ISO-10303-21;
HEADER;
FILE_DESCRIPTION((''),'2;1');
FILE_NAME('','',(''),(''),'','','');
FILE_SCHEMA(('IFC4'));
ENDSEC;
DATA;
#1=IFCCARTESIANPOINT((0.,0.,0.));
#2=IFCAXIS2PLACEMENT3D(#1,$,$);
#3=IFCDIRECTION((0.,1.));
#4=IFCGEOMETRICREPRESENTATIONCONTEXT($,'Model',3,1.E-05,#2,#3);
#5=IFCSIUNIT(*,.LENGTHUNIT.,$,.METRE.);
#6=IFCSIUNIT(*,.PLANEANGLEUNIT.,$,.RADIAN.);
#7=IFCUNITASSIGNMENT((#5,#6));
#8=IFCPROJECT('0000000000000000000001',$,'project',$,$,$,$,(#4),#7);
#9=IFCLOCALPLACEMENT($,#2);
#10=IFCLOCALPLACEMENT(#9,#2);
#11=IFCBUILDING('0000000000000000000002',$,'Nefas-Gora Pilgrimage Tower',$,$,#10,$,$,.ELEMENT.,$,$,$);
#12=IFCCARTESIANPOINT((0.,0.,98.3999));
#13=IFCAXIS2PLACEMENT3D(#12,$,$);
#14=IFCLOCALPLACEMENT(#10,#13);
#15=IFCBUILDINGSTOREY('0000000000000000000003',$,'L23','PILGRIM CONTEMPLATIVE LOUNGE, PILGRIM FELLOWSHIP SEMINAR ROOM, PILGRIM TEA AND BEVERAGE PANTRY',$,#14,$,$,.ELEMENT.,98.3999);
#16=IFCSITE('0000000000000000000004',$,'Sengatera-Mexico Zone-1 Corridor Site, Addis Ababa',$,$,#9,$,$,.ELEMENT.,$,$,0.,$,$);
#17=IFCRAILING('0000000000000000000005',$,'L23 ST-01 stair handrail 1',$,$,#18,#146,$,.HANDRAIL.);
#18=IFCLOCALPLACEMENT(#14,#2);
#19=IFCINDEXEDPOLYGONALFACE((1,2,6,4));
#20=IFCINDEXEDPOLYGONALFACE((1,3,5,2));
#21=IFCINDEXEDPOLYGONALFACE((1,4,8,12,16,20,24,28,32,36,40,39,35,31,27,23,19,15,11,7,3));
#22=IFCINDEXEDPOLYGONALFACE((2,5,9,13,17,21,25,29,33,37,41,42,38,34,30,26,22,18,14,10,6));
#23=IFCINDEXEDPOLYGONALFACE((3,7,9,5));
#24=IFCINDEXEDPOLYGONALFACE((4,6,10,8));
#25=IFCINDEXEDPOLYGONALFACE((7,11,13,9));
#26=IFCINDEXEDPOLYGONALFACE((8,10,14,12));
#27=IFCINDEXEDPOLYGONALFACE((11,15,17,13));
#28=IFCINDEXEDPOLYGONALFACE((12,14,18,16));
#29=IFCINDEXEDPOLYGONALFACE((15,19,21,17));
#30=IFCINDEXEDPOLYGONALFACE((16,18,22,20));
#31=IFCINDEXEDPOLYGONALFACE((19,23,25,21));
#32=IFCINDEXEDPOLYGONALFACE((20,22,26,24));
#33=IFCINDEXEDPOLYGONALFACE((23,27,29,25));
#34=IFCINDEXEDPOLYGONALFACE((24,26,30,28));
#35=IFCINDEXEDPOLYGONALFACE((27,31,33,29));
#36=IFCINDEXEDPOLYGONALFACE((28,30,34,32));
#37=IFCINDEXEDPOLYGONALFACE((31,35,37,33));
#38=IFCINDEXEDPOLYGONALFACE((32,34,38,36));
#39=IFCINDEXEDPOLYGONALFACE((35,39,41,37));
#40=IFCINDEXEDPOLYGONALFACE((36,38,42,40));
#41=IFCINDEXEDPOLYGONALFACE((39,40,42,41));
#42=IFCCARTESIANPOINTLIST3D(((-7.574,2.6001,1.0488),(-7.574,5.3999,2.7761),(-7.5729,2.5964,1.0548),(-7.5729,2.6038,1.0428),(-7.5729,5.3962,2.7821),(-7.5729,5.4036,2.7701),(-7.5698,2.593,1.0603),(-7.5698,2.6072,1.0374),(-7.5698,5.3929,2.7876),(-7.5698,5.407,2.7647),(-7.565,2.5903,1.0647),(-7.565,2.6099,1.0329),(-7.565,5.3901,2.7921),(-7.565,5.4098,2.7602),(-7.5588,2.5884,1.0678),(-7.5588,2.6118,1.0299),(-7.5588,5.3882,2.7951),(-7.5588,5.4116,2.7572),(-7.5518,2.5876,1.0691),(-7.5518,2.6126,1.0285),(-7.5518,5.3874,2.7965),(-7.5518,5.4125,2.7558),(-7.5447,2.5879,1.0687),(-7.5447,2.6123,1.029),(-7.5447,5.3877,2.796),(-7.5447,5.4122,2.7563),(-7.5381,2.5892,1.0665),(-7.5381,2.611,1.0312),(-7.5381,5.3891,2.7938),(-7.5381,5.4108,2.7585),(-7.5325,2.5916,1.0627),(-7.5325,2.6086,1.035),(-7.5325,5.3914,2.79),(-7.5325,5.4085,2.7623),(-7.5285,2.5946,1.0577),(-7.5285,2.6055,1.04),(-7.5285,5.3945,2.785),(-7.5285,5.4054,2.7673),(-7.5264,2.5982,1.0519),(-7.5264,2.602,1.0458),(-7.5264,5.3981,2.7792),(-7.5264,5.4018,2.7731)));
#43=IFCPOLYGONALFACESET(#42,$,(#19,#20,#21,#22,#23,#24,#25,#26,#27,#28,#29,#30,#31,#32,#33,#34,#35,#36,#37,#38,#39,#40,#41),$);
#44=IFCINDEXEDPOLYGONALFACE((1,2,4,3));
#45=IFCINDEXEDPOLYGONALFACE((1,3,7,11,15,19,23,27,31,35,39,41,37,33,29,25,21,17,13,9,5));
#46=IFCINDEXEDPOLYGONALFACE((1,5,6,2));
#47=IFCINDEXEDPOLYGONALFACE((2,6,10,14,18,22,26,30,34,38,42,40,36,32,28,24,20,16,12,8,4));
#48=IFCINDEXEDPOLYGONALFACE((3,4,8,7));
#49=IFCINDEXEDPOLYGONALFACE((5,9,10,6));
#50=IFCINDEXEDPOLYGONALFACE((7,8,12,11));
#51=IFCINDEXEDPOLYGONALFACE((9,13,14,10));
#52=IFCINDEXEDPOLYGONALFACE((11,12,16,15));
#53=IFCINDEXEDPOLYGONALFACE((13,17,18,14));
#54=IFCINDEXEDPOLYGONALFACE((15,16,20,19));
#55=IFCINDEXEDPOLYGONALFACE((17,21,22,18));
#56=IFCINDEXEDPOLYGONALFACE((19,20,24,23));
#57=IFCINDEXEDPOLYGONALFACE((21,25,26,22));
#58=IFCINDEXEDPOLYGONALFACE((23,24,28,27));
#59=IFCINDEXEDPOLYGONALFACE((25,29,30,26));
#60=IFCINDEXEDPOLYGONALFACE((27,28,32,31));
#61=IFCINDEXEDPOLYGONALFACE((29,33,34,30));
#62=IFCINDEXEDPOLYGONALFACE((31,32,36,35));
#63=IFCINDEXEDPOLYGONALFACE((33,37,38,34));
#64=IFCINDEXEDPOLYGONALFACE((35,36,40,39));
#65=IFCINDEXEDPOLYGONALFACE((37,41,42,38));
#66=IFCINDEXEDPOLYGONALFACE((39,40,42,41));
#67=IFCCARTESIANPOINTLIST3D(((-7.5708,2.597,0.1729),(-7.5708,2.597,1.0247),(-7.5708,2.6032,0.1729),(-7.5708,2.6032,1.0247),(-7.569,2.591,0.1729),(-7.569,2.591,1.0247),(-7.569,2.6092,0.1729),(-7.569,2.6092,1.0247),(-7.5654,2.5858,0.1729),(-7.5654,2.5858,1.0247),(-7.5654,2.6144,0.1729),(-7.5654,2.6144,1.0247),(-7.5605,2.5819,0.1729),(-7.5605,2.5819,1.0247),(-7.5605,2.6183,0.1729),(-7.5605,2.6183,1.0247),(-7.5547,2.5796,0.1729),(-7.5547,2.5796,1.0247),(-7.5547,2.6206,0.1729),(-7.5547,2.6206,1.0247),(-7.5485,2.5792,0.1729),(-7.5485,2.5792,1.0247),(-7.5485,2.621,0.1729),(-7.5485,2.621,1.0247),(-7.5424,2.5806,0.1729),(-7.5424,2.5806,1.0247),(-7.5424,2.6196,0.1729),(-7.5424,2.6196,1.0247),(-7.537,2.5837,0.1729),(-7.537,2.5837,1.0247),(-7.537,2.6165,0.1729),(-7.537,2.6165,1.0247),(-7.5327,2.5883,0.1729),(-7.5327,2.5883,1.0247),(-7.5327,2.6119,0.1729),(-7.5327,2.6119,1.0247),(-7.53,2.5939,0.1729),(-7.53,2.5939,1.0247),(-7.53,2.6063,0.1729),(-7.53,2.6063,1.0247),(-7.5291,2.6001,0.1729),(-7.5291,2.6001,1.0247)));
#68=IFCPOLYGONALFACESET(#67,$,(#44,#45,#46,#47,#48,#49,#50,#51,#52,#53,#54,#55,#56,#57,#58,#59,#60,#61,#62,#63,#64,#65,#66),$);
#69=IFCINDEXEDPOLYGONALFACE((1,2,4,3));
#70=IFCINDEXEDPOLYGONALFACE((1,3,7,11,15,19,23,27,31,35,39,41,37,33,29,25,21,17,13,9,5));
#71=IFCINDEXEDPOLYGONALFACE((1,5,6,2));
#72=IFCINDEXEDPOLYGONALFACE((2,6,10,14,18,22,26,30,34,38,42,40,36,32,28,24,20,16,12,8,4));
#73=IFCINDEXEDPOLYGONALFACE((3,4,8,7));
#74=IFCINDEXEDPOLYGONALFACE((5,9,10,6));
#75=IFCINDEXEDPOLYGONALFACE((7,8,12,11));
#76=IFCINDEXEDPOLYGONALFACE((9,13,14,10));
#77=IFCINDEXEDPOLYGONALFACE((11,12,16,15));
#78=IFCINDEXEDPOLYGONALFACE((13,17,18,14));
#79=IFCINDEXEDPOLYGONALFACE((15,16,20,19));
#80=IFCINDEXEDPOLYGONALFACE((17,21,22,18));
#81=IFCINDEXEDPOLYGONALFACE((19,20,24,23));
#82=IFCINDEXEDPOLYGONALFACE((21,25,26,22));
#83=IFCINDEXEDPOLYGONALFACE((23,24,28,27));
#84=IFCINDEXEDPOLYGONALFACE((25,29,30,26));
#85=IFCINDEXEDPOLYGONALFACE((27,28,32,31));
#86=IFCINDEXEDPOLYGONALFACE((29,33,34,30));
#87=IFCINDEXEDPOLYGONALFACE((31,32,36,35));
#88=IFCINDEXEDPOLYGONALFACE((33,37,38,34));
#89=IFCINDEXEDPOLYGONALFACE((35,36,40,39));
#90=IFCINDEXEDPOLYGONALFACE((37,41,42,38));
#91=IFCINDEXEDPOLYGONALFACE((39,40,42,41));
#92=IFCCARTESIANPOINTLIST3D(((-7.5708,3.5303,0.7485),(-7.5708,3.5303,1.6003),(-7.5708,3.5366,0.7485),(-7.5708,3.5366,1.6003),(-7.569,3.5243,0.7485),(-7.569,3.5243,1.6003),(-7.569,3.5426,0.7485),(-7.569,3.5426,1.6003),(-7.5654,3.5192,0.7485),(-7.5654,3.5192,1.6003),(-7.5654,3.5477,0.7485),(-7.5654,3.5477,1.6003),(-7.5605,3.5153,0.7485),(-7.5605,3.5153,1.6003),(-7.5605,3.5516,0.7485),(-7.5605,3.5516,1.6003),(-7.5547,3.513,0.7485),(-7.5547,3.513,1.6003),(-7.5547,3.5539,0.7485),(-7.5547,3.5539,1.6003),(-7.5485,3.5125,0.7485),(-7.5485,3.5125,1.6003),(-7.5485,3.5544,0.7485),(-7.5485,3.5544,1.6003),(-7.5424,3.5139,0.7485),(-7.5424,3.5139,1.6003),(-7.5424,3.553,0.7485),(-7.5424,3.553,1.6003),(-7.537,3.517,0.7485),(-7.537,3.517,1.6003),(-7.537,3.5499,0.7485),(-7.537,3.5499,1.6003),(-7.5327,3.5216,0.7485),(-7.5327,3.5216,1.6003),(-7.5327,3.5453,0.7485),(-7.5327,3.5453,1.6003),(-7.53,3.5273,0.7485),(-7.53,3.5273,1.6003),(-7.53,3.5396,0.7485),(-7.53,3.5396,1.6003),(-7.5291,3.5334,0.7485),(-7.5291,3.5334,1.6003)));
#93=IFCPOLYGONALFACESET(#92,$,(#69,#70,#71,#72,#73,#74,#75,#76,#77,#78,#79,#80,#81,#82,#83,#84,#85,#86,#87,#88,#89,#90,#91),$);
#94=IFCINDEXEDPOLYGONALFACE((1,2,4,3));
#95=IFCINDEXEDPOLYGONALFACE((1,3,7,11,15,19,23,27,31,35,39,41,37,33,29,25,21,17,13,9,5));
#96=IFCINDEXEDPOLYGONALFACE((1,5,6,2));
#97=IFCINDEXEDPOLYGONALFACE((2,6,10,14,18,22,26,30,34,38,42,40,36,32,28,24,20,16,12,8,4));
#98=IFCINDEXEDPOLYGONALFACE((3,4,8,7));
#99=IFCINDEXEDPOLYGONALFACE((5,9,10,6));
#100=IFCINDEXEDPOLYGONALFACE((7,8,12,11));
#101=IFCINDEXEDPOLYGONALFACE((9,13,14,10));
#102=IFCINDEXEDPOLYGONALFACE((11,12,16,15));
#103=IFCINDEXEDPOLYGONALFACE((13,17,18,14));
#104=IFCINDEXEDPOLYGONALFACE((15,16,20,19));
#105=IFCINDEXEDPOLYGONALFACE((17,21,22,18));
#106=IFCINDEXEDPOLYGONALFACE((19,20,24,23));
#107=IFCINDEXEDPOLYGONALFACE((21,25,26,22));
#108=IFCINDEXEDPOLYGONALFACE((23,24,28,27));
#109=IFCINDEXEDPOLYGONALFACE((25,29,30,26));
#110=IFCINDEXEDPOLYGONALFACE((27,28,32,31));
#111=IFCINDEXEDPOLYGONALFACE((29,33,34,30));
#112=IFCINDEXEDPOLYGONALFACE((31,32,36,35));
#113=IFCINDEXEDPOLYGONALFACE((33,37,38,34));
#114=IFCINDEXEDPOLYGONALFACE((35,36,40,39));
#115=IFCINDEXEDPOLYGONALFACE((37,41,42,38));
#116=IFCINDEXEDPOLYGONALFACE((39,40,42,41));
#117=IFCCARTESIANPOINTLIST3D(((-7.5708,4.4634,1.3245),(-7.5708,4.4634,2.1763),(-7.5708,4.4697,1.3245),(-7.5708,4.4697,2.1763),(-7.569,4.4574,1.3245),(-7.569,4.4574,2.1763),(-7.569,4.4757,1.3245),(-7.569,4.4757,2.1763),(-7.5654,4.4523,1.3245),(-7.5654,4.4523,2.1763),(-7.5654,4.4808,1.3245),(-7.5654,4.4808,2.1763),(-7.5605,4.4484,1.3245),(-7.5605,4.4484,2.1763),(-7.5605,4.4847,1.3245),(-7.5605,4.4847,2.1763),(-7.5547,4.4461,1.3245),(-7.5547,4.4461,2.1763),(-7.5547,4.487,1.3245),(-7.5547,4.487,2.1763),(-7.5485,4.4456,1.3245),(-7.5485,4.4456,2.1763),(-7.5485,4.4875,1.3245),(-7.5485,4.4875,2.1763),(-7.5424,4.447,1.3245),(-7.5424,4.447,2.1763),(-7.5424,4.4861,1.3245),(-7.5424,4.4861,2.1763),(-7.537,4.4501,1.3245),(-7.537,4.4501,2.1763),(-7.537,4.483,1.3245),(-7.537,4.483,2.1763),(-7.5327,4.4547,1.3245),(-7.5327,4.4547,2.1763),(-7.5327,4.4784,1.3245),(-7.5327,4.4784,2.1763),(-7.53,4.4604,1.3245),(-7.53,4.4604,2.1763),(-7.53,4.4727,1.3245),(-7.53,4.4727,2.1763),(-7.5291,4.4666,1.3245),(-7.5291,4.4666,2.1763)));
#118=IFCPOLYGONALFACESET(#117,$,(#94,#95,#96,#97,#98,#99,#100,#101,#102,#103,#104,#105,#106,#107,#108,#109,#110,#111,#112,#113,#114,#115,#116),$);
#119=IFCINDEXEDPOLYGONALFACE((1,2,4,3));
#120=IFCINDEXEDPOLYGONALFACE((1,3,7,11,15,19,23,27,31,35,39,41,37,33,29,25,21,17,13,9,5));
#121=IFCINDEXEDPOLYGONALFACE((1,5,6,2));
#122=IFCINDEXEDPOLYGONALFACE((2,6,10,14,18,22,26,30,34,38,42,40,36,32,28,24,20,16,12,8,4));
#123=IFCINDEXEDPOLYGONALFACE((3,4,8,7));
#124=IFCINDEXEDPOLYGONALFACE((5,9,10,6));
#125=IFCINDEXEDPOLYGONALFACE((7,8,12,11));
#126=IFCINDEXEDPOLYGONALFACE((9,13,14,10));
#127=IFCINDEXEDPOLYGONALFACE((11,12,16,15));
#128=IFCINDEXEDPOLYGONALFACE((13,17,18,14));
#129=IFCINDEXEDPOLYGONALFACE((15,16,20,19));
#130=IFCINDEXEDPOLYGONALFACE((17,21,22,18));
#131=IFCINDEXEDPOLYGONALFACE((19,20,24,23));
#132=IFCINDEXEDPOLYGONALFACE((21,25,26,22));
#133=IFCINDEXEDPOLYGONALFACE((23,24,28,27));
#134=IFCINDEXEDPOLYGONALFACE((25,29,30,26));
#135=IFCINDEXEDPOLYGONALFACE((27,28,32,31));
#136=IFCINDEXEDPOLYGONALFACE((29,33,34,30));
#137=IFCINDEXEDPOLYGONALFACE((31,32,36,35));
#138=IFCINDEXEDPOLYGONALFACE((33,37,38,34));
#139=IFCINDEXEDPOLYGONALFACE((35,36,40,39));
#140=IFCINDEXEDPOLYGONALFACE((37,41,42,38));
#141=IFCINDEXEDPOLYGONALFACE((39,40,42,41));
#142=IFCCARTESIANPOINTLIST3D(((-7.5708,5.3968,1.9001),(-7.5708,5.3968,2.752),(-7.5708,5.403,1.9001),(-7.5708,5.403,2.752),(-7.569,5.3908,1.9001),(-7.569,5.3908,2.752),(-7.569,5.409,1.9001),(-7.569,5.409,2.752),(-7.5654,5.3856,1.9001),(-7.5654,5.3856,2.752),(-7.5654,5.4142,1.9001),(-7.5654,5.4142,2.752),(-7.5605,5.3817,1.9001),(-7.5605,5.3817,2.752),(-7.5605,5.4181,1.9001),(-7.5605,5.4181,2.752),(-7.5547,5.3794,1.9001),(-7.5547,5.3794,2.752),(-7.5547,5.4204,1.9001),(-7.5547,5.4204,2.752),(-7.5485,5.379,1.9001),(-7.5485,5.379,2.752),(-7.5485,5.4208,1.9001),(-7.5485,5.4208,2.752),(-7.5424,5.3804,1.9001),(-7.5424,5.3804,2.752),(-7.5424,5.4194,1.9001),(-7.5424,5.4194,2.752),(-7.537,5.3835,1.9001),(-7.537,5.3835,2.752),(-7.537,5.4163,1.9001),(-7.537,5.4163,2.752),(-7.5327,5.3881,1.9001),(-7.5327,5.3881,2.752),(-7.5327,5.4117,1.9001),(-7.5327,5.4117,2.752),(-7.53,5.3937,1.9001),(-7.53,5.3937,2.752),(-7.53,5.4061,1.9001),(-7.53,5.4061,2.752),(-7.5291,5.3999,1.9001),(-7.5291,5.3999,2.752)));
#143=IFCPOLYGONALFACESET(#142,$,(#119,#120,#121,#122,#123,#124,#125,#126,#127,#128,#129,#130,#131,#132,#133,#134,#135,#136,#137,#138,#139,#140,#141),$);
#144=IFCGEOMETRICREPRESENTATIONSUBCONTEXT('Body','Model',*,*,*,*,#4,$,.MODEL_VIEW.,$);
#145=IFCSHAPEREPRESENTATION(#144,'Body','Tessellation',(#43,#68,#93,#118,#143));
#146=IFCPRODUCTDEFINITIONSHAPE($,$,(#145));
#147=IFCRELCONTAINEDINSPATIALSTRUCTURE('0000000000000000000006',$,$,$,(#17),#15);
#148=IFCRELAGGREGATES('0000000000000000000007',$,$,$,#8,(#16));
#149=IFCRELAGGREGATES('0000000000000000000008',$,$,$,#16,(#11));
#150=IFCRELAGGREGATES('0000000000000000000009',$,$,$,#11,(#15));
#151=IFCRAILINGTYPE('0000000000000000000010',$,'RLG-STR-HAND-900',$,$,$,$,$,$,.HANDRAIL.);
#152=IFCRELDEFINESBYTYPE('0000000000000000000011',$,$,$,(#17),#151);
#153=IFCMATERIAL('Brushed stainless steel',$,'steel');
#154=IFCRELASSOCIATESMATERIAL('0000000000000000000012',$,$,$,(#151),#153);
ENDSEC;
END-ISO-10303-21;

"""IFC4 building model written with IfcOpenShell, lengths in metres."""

from ifc_helpers import new_model, si_unit, direction, frame, origin, origin_2d, place, context, subcontext, project, spatial, circle, extrude, material, type_object, element, save


model = new_model("IFC4")

# Units and contexts
model_context = context("Model", 3, precision=1e-05, world=origin(), true_north=direction((0.0, 1.0)))
body_context = subcontext(model_context, "Body", "Model", "MODEL_VIEW")
ifc_project = project(units=[si_unit("LENGTHUNIT", "METRE"), si_unit("PLANEANGLEUNIT", "RADIAN")], contexts=[model_context])

# Site, building, storey
site_placement = place(None, origin())
site = spatial("IfcSite", under=ifc_project, at=site_placement, Name="Sengatera-Mexico Zone-1 Corridor Site, Addis Ababa", CompositionType="ELEMENT", RefElevation=0.0)
building_placement = place(site_placement, origin())
building = spatial("IfcBuilding", under=site, at=building_placement, Name="Nefas-Gora Pilgrimage Tower", CompositionType="ELEMENT")
storey_placement = place(building_placement, frame((0.0, 0.0, 98.3999)))
storey = spatial("IfcBuildingStorey", under=building, at=storey_placement, Name="L23", Description="PILGRIM CONTEMPLATIVE LOUNGE, PILGRIM FELLOWSHIP SEMINAR ROOM, PILGRIM TEA AND BEVERAGE PANTRY", CompositionType="ELEMENT", Elevation=98.3999)

# Railing
ifc_material_1 = material(Name="Brushed stainless steel", Category="steel")
railing_type_1 = type_object("IfcRailingType", Name="RLG-STR-HAND-900", PredefinedType="HANDRAIL", material=ifc_material_1)
railing_1_placement = place(storey_placement, frame((-7.55, 2.6001, 0.1729)))
element("IfcRailing", 1, at=railing_1_placement, inside=storey, type_object=railing_type_1, Name="L23 ST-01 stair handrail 1", PredefinedType="HANDRAIL", context=body_context, shape_type="SweptSolid", body=[
    extrude(circle(Radius=0.0239, at=origin_2d()), frame((0.0, 0.0, 0.876), z_axis=(0.0, 0.851069, 0.525054), x_axis=(-1.0, 0.0, 0.0)), (0.0, 0.0, 1.0), 3.2898),
    extrude(circle(Radius=0.021, at=origin_2d()), origin(), (0.0, 0.0, 1.0), 0.8518),
    extrude(circle(Radius=0.021, at=origin_2d()), frame((0.0, 0.9333, 0.5757)), (0.0, 0.0, 1.0), 0.8518),
    extrude(circle(Radius=0.021, at=origin_2d()), frame((0.0, 1.8665, 1.1516)), (0.0, 0.0, 1.0), 0.8518),
    extrude(circle(Radius=0.021, at=origin_2d()), frame((0.0, 2.7998, 1.7273)), (0.0, 0.0, 1.0), 0.8518),
])

save(model, "model.ifc")
